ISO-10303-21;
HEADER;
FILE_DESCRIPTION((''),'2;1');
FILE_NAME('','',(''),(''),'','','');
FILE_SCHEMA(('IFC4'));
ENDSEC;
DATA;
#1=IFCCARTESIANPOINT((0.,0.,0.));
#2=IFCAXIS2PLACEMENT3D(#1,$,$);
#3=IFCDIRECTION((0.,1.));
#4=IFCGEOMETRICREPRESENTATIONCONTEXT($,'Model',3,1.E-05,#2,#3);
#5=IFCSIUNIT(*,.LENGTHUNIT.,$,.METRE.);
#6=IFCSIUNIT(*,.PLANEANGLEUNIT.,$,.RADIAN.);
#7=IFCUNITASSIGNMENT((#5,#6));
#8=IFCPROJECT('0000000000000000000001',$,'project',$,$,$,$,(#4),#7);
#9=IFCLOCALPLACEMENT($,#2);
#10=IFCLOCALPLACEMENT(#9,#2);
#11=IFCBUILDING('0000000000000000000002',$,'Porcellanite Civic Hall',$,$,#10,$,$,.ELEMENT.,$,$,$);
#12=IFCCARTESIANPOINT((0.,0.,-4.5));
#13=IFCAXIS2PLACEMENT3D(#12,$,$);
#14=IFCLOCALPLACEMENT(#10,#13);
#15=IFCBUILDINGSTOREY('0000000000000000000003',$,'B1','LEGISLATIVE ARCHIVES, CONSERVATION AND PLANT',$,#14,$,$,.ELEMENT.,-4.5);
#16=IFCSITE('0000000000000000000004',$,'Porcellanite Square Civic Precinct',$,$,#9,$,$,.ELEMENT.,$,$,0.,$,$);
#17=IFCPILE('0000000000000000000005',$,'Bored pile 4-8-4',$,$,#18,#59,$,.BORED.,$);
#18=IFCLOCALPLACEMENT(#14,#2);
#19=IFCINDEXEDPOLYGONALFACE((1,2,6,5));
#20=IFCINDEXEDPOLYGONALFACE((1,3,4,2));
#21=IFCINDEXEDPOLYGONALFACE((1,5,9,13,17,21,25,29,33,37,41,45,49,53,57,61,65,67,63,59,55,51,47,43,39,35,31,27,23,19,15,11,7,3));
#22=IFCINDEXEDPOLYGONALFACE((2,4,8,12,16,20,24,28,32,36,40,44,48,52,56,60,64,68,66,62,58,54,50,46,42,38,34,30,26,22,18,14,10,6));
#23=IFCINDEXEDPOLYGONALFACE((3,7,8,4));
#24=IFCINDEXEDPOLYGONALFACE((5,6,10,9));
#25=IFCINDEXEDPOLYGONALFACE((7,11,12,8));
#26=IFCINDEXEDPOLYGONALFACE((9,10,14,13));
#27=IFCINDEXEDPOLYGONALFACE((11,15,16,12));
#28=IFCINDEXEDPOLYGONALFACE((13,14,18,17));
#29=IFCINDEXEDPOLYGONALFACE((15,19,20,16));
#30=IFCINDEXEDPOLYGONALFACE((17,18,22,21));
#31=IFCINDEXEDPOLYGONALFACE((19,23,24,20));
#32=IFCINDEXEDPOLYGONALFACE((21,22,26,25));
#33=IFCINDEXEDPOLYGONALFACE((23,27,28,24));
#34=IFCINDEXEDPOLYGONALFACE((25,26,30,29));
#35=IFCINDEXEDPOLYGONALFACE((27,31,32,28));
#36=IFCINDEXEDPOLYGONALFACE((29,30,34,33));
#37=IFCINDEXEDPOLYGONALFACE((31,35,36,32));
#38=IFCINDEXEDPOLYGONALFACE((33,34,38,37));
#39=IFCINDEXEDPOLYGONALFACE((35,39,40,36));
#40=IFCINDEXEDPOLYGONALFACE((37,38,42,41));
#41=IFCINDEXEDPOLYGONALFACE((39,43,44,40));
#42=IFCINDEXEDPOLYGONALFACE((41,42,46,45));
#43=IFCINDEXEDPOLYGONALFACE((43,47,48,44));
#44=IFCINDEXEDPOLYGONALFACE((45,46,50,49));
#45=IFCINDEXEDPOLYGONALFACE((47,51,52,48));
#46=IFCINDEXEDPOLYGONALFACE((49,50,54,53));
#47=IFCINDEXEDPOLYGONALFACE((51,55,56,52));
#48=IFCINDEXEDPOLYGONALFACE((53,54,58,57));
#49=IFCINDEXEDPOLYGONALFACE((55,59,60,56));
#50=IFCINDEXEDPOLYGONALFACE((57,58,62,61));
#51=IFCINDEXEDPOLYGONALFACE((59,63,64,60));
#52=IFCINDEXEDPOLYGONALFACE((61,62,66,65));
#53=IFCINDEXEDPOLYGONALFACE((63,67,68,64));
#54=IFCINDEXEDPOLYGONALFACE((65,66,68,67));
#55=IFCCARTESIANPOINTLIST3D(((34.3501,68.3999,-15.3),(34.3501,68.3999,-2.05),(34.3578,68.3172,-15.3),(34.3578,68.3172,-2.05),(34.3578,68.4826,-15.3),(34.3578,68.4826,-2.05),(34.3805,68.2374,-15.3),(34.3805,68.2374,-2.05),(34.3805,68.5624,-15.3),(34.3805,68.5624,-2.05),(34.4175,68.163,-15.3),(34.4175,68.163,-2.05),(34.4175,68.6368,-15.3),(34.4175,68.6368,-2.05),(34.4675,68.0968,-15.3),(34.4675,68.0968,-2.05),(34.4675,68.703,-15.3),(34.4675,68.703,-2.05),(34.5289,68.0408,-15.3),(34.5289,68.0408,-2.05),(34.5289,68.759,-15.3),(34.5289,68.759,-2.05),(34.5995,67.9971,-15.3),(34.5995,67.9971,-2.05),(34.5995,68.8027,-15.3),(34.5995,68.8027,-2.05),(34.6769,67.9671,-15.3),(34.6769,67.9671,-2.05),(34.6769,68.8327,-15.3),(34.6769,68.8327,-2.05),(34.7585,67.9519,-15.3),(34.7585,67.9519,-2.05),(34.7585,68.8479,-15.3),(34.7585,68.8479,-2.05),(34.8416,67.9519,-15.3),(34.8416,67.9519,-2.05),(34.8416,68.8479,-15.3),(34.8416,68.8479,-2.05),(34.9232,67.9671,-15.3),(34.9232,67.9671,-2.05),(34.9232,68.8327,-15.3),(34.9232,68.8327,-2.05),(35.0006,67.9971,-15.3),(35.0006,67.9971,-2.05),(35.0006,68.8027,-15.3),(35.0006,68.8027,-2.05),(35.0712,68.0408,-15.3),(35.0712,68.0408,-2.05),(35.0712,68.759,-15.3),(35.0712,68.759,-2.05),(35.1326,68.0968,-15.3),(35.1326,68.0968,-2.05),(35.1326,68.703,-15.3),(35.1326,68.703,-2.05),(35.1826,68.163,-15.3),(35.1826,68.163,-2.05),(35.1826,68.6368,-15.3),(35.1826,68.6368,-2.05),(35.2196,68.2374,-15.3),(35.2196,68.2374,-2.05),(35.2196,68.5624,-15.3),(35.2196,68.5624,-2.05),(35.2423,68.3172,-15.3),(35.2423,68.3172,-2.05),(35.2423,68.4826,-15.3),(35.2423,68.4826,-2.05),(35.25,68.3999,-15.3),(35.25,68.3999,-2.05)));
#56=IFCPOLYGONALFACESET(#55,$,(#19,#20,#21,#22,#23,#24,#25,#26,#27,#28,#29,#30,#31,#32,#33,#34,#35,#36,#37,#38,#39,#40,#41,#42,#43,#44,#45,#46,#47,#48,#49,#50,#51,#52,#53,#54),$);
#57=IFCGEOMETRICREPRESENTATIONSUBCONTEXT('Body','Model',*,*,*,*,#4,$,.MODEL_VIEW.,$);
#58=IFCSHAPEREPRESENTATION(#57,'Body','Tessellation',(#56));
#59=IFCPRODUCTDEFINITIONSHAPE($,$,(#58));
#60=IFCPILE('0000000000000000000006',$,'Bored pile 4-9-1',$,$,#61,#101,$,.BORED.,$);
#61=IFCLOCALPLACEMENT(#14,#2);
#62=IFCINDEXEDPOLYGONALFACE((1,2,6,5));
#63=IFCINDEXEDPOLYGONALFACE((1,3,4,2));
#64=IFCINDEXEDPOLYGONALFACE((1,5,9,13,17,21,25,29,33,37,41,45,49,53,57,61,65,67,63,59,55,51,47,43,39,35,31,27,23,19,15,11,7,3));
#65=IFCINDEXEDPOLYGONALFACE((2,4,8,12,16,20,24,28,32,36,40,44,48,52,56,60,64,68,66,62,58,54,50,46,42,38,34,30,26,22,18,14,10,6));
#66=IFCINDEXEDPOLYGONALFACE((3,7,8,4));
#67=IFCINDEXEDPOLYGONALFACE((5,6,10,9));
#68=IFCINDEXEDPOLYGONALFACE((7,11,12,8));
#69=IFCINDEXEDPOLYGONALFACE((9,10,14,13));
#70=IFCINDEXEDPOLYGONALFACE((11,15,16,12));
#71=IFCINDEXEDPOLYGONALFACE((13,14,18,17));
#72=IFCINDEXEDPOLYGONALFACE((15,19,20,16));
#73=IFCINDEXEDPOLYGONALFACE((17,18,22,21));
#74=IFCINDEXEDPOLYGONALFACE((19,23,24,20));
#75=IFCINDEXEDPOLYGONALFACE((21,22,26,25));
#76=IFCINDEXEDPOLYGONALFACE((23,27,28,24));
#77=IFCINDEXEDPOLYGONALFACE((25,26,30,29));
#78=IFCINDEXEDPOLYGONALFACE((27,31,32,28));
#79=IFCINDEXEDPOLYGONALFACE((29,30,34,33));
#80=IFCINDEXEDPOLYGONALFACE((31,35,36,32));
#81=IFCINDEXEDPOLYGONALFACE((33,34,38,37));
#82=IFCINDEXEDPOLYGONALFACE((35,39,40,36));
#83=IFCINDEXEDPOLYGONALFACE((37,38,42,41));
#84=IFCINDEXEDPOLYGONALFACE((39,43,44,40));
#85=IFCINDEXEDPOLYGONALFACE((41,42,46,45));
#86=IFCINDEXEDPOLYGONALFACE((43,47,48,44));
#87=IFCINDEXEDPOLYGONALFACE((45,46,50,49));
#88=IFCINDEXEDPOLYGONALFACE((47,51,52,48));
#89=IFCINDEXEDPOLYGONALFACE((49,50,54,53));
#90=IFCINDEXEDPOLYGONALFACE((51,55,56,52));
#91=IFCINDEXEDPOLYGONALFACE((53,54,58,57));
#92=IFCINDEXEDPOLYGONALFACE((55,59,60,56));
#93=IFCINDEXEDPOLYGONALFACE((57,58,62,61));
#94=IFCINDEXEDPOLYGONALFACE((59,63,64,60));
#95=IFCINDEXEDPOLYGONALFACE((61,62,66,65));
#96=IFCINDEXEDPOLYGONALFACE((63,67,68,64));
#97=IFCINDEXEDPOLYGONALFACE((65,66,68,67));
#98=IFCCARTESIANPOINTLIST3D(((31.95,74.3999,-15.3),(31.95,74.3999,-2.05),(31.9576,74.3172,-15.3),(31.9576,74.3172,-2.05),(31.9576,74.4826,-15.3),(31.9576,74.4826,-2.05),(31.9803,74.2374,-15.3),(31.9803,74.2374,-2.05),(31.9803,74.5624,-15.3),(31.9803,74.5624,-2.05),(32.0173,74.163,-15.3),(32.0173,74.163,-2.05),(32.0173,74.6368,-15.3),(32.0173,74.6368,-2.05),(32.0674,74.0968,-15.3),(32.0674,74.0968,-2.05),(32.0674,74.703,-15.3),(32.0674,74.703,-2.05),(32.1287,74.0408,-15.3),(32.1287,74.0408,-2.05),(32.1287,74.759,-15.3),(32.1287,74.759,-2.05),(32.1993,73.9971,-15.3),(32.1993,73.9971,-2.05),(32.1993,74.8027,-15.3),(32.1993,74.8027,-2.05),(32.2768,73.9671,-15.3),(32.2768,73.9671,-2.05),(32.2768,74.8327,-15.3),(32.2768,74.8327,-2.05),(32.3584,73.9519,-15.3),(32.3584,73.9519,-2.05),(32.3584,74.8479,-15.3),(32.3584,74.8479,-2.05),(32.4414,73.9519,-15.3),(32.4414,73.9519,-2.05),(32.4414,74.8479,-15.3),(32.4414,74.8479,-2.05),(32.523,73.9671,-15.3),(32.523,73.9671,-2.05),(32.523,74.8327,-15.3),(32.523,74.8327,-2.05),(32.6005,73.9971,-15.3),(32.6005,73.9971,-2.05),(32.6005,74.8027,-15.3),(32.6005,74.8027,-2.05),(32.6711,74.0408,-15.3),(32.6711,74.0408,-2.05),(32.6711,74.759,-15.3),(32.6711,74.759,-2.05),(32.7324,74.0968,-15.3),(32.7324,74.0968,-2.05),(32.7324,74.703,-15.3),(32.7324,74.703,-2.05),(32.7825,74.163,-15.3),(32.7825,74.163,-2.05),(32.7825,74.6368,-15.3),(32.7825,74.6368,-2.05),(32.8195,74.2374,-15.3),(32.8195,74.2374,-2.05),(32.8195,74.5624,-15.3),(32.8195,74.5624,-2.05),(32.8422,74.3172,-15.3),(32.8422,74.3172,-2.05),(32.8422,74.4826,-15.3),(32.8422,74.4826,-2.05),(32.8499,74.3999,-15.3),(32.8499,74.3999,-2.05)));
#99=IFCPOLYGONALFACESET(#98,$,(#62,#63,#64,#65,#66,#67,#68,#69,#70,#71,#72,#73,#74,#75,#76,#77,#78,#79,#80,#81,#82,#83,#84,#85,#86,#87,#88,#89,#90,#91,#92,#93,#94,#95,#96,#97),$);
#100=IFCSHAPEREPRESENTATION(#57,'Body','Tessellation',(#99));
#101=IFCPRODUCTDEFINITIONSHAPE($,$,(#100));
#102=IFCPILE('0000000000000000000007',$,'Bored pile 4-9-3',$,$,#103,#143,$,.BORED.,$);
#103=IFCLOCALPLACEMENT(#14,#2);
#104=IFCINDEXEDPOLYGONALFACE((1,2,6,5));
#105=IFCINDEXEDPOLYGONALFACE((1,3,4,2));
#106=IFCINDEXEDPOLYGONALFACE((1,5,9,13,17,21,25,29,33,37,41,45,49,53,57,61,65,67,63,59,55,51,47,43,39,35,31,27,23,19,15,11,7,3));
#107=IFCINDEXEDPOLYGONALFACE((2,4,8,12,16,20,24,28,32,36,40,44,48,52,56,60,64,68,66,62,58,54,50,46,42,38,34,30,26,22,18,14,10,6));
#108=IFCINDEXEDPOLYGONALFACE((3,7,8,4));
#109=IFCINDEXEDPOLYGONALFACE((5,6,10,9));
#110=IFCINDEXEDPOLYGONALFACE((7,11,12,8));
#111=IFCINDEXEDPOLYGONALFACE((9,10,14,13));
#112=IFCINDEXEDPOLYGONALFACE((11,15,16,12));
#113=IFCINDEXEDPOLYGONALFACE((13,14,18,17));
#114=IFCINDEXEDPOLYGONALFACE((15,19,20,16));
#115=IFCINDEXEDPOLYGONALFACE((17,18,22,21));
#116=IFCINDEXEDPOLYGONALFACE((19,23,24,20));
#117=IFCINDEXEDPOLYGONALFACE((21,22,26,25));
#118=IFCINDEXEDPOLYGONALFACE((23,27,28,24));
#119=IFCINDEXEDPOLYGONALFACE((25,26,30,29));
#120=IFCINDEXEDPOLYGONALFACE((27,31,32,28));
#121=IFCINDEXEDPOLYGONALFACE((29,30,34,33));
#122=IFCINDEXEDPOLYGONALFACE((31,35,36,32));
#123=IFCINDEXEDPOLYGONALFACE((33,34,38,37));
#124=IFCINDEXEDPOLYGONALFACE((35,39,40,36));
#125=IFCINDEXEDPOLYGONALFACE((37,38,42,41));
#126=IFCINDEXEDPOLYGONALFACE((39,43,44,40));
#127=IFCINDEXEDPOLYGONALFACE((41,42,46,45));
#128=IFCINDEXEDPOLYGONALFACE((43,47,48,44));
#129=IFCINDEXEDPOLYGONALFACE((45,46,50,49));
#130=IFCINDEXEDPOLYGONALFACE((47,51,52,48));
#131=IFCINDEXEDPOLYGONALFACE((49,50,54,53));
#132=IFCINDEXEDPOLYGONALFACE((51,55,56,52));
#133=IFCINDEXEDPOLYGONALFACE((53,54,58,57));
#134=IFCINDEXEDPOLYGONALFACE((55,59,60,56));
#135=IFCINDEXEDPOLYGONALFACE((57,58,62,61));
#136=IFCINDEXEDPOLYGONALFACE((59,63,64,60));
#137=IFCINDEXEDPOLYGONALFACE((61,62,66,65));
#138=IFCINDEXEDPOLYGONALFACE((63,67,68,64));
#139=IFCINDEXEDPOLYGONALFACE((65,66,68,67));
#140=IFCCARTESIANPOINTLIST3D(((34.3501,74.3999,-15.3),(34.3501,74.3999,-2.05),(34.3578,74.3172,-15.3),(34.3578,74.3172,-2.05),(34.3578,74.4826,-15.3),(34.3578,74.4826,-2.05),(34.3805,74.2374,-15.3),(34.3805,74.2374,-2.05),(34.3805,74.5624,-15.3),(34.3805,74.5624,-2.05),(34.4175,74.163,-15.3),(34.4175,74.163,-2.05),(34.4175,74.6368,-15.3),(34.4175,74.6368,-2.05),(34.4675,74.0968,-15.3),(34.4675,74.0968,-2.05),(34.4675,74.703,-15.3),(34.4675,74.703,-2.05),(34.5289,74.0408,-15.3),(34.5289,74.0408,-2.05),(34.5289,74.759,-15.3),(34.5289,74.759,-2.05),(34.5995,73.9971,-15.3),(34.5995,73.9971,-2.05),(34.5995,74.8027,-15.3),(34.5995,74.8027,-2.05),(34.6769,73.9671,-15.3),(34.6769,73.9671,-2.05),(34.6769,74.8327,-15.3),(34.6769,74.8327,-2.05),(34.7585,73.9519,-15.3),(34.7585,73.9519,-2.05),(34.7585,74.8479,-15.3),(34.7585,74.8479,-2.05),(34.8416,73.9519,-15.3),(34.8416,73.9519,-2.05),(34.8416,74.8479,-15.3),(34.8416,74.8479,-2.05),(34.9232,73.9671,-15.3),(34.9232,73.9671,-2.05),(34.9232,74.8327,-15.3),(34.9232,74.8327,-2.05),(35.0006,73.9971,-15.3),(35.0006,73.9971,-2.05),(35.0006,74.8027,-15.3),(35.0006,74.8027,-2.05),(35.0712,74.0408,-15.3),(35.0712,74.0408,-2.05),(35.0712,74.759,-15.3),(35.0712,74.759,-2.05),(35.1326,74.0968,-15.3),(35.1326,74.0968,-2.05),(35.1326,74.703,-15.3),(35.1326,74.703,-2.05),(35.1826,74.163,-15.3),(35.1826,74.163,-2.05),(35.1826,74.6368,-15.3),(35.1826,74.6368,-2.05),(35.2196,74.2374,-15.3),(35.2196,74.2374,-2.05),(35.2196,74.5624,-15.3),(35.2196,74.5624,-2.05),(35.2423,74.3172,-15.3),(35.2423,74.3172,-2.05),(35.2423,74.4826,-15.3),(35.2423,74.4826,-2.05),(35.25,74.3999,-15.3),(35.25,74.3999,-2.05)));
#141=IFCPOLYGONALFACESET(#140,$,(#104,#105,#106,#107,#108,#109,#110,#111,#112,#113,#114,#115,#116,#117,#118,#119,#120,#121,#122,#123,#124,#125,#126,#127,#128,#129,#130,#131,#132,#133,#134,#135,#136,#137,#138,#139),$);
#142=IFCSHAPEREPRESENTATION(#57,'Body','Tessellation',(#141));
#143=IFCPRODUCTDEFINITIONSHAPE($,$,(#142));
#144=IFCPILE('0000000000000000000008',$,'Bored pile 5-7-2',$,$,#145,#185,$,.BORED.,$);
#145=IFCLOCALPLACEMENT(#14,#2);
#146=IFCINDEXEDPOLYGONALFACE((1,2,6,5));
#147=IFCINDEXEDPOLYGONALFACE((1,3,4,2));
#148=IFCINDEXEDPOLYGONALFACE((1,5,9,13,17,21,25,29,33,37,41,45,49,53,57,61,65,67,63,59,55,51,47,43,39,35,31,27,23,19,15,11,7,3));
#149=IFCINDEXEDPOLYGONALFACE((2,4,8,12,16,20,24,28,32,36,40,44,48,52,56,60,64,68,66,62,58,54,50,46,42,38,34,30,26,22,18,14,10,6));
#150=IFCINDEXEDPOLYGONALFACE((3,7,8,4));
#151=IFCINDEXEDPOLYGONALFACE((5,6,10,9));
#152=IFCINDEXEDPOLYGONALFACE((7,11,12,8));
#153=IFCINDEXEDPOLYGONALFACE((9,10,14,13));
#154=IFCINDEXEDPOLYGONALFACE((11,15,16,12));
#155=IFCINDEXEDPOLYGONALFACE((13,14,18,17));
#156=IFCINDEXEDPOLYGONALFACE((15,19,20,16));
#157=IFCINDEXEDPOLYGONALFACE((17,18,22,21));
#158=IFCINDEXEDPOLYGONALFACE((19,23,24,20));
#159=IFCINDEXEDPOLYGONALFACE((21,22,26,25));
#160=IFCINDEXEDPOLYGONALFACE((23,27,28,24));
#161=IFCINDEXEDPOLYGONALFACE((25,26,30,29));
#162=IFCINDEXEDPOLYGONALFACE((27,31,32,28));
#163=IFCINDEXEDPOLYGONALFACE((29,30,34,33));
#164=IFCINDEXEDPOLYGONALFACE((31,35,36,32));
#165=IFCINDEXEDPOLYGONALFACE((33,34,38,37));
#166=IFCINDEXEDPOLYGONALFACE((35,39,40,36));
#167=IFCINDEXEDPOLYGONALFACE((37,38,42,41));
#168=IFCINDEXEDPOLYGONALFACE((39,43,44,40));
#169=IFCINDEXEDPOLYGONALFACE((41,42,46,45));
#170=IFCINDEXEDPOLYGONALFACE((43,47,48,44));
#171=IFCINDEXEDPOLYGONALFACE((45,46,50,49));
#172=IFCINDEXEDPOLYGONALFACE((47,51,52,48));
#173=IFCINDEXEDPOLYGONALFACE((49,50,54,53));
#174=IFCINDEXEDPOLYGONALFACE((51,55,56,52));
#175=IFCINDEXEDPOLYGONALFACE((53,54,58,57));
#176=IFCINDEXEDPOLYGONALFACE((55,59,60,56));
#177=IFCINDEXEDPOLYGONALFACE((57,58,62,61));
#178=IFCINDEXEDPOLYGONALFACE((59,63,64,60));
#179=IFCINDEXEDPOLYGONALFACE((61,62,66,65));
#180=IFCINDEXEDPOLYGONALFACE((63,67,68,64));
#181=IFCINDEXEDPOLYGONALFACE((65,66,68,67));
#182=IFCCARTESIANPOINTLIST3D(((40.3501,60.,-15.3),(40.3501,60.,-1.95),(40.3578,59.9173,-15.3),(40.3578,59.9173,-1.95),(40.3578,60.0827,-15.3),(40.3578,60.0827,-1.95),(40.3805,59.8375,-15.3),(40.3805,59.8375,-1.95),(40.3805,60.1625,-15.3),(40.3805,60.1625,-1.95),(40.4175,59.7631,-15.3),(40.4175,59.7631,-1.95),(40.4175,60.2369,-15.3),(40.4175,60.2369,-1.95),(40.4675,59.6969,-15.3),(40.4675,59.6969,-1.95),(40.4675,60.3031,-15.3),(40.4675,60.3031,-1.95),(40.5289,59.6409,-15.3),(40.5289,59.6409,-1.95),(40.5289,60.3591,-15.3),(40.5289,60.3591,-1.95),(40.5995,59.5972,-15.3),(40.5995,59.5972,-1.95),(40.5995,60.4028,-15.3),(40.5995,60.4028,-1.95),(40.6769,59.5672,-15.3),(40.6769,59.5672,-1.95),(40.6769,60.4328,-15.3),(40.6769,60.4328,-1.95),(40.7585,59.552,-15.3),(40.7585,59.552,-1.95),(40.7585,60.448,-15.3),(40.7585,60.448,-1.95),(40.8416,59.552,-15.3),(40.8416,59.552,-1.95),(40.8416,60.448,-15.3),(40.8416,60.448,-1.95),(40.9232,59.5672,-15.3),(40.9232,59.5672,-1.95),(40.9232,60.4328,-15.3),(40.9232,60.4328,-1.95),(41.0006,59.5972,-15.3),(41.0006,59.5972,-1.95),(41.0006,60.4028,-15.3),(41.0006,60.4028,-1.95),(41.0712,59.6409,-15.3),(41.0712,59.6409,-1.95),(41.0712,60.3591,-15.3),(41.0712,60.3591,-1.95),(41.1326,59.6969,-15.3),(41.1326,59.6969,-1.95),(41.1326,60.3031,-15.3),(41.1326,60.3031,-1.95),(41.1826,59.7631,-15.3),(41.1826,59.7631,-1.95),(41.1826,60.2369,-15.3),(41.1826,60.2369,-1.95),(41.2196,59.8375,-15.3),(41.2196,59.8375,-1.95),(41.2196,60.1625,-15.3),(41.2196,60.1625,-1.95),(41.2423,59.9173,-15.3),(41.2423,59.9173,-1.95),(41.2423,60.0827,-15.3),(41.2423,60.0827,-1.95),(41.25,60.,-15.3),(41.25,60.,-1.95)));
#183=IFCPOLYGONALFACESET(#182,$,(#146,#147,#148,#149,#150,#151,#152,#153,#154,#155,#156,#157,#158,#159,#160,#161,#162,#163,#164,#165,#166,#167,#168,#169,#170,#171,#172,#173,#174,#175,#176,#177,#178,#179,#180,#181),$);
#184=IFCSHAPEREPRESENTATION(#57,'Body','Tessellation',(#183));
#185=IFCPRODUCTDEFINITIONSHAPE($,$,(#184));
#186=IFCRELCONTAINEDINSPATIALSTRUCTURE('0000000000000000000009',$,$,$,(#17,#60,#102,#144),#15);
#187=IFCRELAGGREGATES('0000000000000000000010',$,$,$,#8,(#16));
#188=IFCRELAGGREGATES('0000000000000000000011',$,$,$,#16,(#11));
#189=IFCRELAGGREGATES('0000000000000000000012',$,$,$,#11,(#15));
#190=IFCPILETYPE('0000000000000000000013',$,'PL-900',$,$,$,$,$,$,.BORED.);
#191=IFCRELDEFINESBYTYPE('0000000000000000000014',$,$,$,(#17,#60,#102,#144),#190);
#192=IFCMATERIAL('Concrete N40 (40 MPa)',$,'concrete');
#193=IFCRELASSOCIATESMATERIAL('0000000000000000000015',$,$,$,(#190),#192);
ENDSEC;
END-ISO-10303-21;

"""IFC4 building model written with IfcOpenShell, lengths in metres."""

from ifc_helpers import new_model, si_unit, direction, frame, origin, origin_2d, place, context, subcontext, project, spatial, circle, extrude, material, material_profile, profile_set, type_object, element, save


model = new_model("IFC4")

# Units and contexts
model_context = context("Model", 3, precision=1e-05, world=origin(), true_north=direction((0.0, 1.0)))
body_context = subcontext(model_context, "Body", "Model", "MODEL_VIEW")
ifc_project = project(units=[si_unit("LENGTHUNIT", "METRE"), si_unit("PLANEANGLEUNIT", "RADIAN")], contexts=[model_context])

# Site, building, storey
site_placement = place(None, origin())
site = spatial("IfcSite", under=ifc_project, at=site_placement, Name="Porcellanite Square Civic Precinct", CompositionType="ELEMENT", RefElevation=0.0)
building_placement = place(site_placement, origin())
building = spatial("IfcBuilding", under=site, at=building_placement, Name="Porcellanite Civic Hall", CompositionType="ELEMENT")
storey_placement = place(building_placement, frame((0.0, 0.0, -4.5)))
storey = spatial("IfcBuildingStorey", under=building, at=storey_placement, Name="B1", Description="LEGISLATIVE ARCHIVES, CONSERVATION AND PLANT", CompositionType="ELEMENT", Elevation=-4.5)

# Piles
ifc_material_1 = material(Name="Concrete N40 (40 MPa)", Category="concrete")
ifc_material_profile_1 = material_profile(ifc_material_1, circle(Radius=0.45, at=origin_2d()), Name="PILE-D900")
ifc_profile_set_1 = profile_set([ifc_material_profile_1], Name="Concrete N40 (40 MPa)")
pile_type = type_object("IfcPileType", Name="PL-900", PredefinedType="BORED", material=ifc_profile_set_1)
for number, where, z_axis, x_axis, name in (
    (1, (34.8, 68.3999, -2.05), (0.0, 0.0, -1.0), (1.0, 0.0, 0.0), "Bored pile 4-8-4"),
    (2, (32.3999, 74.3999, -2.05), (0.0, 0.0, -1.0), (1.0, 0.0, 0.0), "Bored pile 4-9-1"),
    (3, (34.8, 74.3999, -2.05), (0.0, 0.0, -1.0), (1.0, 0.0, 0.0), "Bored pile 4-9-3"),
):
    element("IfcPile", number, at=place(storey_placement, frame(where, z_axis=z_axis, x_axis=x_axis)), inside=storey, type_object=pile_type, Name=name, PredefinedType="BORED", context=body_context, shape_type="SweptSolid", body=[
        extrude(circle(Radius=0.45, at=origin_2d()), origin(), (0.0, 0.0, 1.0), 13.25),
    ])
pile_placement = place(storey_placement, frame((40.8, 60.0, -1.95), z_axis=(0.0, 0.0, -1.0), x_axis=(1.0, 0.0, 0.0)))
element("IfcPile", 4, at=pile_placement, inside=storey, type_object=pile_type, Name="Bored pile 5-7-2", PredefinedType="BORED", context=body_context, shape_type="SweptSolid", body=[
    extrude(circle(Radius=0.45, at=origin_2d()), origin(), (0.0, 0.0, 1.0), 13.3501),
])

save(model, "model.ifc")
